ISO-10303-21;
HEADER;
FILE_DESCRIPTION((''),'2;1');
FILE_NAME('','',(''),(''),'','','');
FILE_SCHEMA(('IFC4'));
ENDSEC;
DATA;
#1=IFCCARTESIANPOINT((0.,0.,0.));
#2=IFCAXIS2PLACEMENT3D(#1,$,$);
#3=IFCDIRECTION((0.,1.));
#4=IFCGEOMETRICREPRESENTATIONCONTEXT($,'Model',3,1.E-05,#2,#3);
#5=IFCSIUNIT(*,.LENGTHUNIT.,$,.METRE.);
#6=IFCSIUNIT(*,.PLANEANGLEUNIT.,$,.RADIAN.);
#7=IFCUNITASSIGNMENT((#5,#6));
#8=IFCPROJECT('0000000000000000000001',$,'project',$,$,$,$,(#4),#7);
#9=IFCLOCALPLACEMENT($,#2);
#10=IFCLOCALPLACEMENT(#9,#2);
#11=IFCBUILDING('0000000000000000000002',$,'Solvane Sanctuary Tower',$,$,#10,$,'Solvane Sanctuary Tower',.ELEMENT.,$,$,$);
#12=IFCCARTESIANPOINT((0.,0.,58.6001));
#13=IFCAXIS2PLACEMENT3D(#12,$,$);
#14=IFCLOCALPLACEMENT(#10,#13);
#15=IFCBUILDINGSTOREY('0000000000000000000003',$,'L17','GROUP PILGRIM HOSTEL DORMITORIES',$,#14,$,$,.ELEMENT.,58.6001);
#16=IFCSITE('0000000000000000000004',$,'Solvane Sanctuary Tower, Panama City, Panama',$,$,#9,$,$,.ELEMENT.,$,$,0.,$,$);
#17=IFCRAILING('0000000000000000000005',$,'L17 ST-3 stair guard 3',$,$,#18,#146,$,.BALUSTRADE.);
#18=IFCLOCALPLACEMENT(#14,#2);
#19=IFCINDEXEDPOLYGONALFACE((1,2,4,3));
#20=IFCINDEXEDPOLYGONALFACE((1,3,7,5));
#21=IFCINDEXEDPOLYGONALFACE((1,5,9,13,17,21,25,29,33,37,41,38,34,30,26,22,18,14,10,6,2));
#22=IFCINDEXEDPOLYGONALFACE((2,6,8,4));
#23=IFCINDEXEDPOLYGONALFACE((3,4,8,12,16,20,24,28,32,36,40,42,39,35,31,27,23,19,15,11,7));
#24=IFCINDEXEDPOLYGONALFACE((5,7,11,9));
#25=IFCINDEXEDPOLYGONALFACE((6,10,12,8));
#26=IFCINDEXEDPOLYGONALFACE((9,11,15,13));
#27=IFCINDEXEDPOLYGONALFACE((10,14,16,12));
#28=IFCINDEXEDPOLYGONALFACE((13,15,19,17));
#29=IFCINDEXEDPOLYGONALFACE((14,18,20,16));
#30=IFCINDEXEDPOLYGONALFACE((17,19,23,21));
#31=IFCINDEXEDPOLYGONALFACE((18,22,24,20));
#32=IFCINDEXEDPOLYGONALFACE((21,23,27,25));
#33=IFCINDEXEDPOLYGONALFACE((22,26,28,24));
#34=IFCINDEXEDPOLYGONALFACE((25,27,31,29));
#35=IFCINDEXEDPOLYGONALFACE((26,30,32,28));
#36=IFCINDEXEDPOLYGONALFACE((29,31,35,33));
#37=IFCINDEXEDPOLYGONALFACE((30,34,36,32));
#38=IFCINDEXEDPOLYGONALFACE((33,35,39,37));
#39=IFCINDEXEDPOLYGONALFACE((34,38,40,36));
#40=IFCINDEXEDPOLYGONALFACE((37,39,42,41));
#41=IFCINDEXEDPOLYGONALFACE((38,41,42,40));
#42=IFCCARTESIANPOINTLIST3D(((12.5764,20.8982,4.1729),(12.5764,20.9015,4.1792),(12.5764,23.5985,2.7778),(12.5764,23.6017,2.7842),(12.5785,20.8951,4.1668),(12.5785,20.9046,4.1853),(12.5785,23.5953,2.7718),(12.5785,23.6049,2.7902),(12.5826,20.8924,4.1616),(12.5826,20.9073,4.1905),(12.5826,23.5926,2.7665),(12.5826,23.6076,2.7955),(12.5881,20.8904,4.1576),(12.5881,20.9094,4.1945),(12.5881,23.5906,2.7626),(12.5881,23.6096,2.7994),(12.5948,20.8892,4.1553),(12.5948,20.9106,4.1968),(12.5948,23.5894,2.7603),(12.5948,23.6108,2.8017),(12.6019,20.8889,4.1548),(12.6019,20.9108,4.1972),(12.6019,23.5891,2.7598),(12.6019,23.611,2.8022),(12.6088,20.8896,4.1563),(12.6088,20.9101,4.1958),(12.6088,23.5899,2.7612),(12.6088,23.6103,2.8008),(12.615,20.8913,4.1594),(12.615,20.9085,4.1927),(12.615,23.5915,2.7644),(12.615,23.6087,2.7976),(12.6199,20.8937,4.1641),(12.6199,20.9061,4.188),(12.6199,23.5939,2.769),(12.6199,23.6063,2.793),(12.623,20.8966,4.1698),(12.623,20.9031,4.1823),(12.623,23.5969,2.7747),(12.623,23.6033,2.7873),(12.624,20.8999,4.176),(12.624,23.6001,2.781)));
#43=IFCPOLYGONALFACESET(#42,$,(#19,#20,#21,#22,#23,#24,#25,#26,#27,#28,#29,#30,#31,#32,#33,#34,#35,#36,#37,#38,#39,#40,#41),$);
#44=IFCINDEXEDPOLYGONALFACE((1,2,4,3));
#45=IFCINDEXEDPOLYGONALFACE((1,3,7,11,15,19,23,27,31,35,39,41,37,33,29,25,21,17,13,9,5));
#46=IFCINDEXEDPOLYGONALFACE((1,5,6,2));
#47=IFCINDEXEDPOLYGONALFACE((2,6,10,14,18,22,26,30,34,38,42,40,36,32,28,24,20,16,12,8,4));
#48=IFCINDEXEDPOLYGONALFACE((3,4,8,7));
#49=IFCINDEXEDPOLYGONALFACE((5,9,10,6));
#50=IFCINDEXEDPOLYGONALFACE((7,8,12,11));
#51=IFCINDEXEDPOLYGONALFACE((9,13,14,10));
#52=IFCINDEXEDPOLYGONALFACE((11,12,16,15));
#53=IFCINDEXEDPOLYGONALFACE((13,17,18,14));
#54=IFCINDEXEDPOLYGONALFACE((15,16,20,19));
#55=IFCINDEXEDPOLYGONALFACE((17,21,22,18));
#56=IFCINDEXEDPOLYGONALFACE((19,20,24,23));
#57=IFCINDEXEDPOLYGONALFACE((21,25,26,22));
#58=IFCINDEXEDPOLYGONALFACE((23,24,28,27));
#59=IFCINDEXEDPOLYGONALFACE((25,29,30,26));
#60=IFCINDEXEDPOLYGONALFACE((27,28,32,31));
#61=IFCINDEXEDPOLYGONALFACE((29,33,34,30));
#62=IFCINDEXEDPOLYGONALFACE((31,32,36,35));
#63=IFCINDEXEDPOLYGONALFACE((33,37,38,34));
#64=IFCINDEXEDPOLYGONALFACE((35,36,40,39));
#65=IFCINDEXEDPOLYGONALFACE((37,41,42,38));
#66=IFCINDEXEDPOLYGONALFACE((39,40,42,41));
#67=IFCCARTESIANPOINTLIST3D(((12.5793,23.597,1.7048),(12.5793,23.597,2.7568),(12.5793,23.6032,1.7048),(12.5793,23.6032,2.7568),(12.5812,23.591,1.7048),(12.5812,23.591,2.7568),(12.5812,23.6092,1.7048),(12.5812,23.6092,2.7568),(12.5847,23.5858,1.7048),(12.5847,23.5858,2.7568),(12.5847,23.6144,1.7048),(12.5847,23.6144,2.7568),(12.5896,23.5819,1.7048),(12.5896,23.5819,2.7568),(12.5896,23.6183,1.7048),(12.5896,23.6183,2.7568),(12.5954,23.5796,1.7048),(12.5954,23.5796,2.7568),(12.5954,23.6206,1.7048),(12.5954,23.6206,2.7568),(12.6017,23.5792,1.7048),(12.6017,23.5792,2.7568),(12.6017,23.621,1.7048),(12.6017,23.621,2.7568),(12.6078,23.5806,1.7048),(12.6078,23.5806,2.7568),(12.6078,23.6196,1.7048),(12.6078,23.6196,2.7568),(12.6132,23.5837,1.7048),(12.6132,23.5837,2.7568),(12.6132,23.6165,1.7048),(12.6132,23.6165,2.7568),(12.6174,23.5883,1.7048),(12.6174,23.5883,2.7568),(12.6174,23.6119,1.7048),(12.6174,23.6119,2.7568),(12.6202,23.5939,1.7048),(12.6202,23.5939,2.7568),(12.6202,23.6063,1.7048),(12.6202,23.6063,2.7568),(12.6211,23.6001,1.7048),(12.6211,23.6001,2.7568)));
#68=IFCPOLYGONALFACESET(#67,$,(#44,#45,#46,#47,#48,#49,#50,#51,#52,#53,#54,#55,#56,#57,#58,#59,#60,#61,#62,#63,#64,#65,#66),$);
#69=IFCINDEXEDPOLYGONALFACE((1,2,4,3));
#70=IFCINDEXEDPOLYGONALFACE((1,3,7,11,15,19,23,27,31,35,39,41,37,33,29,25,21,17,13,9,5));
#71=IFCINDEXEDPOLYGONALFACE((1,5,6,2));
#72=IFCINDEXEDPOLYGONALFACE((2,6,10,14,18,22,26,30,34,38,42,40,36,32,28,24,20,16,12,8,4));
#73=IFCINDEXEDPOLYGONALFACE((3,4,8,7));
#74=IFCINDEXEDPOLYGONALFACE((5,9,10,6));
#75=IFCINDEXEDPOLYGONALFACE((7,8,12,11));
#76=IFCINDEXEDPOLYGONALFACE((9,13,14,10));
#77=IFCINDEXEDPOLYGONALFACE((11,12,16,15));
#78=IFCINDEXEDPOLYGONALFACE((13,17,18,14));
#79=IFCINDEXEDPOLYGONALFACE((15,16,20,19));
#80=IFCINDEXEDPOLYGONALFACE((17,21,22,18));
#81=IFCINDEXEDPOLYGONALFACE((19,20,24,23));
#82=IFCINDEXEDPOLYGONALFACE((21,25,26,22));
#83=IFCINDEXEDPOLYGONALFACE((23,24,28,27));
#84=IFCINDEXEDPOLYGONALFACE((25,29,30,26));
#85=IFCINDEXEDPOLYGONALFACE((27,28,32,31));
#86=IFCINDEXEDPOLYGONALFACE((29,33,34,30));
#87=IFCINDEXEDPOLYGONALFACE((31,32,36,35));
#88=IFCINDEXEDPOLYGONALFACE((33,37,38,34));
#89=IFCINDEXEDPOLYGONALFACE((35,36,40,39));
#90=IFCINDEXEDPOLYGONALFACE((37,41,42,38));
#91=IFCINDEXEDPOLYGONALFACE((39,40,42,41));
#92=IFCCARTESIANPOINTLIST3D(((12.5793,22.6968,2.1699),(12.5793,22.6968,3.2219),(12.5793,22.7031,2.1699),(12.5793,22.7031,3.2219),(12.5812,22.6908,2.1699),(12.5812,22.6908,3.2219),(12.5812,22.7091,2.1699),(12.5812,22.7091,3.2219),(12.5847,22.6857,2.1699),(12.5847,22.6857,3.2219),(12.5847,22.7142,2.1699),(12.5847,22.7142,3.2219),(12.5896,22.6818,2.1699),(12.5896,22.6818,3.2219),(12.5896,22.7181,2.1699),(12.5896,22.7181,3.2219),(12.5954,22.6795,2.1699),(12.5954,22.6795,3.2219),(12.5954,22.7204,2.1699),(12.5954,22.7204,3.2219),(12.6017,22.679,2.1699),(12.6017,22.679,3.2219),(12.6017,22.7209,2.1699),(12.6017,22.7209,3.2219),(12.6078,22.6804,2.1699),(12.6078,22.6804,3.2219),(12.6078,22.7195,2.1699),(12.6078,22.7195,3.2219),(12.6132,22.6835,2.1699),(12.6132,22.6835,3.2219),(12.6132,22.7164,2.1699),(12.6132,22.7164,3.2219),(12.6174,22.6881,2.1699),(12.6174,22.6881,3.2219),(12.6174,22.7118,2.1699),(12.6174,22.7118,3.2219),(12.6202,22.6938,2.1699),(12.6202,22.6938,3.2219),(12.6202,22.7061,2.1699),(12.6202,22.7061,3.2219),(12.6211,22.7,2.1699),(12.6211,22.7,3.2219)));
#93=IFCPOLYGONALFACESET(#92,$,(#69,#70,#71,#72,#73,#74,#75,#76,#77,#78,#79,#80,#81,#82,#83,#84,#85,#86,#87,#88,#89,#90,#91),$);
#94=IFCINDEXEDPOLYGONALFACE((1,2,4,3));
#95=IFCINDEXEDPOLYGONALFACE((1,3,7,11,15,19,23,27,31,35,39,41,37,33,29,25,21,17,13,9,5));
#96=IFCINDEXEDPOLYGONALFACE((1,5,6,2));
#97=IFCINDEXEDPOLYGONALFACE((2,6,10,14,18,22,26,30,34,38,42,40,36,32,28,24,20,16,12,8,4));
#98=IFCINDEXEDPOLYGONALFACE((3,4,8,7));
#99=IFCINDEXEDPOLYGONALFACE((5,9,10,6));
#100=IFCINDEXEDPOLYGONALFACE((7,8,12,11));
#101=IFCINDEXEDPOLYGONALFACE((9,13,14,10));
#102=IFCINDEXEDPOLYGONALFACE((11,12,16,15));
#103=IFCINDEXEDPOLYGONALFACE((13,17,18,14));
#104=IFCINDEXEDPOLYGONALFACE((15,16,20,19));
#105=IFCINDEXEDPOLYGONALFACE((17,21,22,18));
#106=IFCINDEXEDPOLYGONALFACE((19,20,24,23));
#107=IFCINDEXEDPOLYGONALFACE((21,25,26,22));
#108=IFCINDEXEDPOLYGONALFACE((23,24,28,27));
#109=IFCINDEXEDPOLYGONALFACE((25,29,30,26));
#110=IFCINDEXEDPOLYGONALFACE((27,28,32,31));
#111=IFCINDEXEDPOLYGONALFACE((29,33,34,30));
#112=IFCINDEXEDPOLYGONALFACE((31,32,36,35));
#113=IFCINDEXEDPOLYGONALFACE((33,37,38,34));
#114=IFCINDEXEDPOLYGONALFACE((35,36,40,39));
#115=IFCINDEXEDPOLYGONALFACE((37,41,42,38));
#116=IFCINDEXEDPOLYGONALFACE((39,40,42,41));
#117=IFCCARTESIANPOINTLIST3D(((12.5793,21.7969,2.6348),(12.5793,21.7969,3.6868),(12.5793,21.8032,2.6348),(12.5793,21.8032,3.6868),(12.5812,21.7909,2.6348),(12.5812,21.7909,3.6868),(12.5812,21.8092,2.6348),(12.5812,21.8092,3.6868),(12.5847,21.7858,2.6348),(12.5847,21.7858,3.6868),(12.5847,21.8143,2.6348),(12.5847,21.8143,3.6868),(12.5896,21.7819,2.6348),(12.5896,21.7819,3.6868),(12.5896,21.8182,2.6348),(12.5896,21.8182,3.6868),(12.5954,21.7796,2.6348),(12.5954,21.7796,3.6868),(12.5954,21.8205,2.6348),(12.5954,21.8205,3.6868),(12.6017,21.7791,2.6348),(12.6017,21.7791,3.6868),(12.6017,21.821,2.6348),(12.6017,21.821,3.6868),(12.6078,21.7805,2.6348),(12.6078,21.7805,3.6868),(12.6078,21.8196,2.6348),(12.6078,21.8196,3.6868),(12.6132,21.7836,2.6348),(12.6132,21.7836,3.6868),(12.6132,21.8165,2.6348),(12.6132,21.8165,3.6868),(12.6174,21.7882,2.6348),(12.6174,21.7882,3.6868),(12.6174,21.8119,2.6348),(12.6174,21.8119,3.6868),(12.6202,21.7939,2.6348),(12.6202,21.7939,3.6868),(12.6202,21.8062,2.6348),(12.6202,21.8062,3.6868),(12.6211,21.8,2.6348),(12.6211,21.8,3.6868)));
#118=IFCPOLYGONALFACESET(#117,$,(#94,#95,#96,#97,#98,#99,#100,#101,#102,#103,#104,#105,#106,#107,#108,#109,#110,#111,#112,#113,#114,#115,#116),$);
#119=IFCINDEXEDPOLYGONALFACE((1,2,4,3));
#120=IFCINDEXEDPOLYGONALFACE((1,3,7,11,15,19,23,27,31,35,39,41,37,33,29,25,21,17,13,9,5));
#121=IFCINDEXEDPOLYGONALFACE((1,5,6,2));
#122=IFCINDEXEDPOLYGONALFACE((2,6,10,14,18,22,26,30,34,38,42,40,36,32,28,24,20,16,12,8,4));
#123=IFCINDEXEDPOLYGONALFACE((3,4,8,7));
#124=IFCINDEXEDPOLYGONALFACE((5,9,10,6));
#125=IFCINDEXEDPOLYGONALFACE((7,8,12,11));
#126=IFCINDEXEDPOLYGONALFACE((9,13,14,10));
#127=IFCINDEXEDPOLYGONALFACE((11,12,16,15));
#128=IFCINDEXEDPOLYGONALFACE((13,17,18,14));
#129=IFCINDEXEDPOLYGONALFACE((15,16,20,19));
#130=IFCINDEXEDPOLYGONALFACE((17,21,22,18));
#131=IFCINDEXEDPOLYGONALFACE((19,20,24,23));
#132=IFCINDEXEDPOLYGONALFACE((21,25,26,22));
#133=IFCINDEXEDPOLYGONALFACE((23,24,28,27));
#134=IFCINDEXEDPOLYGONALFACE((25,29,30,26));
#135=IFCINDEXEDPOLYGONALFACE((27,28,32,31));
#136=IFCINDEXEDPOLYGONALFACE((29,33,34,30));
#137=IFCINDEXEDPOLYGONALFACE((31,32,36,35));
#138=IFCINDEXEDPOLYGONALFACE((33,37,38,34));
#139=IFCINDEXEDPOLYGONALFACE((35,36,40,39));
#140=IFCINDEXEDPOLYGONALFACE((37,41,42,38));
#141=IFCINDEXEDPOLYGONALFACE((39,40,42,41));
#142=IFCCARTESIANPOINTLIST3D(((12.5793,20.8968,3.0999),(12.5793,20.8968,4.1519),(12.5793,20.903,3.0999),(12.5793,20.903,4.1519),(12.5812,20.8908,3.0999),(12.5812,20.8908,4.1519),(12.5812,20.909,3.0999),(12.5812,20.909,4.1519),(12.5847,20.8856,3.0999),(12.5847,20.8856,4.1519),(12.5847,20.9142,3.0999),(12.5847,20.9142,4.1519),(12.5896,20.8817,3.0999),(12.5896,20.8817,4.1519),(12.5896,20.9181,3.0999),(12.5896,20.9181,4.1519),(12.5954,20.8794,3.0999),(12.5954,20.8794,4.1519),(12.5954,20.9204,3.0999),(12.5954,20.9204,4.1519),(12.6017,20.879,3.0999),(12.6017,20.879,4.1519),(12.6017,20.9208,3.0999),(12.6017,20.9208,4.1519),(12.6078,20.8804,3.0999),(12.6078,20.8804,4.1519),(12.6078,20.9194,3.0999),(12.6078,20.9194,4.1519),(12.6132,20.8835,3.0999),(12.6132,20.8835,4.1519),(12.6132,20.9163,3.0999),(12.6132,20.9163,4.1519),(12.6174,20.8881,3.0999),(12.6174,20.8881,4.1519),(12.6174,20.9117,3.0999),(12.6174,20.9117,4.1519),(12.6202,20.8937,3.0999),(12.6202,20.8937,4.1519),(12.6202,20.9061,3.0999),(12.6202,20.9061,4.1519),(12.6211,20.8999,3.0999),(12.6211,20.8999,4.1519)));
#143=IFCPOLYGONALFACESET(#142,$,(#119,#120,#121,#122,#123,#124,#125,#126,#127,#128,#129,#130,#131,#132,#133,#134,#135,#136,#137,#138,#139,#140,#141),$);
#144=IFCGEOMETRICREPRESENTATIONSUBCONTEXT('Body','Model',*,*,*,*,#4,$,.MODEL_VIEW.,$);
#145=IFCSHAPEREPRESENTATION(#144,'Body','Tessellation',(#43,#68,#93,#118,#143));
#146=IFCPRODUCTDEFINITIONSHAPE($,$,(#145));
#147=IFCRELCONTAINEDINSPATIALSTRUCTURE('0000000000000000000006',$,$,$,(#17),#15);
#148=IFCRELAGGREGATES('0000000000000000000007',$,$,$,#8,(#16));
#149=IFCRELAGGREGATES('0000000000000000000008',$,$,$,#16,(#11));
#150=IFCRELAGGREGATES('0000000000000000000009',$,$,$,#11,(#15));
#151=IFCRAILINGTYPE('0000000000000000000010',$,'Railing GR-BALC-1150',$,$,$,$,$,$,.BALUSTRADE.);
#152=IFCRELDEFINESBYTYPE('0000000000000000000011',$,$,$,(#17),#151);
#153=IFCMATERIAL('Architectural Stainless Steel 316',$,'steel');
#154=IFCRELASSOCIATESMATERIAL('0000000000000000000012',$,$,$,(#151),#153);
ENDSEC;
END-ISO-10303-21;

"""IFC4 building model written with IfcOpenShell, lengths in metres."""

from ifc_helpers import new_model, si_unit, direction, frame, origin, origin_2d, place, context, subcontext, project, spatial, circle, extrude, material, type_object, element, save


model = new_model("IFC4")

# Units and contexts
model_context = context("Model", 3, precision=1e-05, world=origin(), true_north=direction((0.0, 1.0)))
body_context = subcontext(model_context, "Body", "Model", "MODEL_VIEW")
ifc_project = project(units=[si_unit("LENGTHUNIT", "METRE"), si_unit("PLANEANGLEUNIT", "RADIAN")], contexts=[model_context])

# Site, building, storey
site_placement = place(None, origin())
site = spatial("IfcSite", under=ifc_project, at=site_placement, Name="Solvane Sanctuary Tower, Panama City, Panama", CompositionType="ELEMENT", RefElevation=0.0)
building_placement = place(site_placement, origin())
building = spatial("IfcBuilding", under=site, at=building_placement, Name="Solvane Sanctuary Tower", LongName="Solvane Sanctuary Tower", CompositionType="ELEMENT")
storey_placement = place(building_placement, frame((0.0, 0.0, 58.6001)))
storey = spatial("IfcBuildingStorey", under=building, at=storey_placement, Name="L17", Description="GROUP PILGRIM HOSTEL DORMITORIES", CompositionType="ELEMENT", Elevation=58.6001)

# Railing
ifc_material_1 = material(Name="Architectural Stainless Steel 316", Category="steel")
railing_type_1 = type_object("IfcRailingType", Name="Railing GR-BALC-1150", PredefinedType="BALUSTRADE", material=ifc_material_1)
railing_1_placement = place(storey_placement, frame((12.6001, 23.6001, 1.7048)))
element("IfcRailing", 1, at=railing_1_placement, inside=storey, type_object=railing_type_1, Name="L17 ST-3 stair guard 3", PredefinedType="BALUSTRADE", context=body_context, shape_type="SweptSolid", body=[
    extrude(circle(Radius=0.0239, at=origin_2d()), frame((0.0, 0.0, 1.0762), z_axis=(0.0, -0.888437, 0.458999), x_axis=(1.0, 0.0, 0.0)), (0.0, 0.0, 1.0), 3.0393),
    extrude(circle(Radius=0.021, at=origin_2d()), origin(), (0.0, 0.0, 1.0), 1.052),
    extrude(circle(Radius=0.021, at=origin_2d()), frame((0.0, -0.9001, 0.4651)), (0.0, 0.0, 1.0), 1.052),
    extrude(circle(Radius=0.021, at=origin_2d()), frame((0.0, -1.8, 0.9299)), (0.0, 0.0, 1.0), 1.052),
    extrude(circle(Radius=0.021, at=origin_2d()), frame((0.0, -2.7002, 1.395)), (0.0, 0.0, 1.0), 1.052),
])

save(model, "model.ifc")
